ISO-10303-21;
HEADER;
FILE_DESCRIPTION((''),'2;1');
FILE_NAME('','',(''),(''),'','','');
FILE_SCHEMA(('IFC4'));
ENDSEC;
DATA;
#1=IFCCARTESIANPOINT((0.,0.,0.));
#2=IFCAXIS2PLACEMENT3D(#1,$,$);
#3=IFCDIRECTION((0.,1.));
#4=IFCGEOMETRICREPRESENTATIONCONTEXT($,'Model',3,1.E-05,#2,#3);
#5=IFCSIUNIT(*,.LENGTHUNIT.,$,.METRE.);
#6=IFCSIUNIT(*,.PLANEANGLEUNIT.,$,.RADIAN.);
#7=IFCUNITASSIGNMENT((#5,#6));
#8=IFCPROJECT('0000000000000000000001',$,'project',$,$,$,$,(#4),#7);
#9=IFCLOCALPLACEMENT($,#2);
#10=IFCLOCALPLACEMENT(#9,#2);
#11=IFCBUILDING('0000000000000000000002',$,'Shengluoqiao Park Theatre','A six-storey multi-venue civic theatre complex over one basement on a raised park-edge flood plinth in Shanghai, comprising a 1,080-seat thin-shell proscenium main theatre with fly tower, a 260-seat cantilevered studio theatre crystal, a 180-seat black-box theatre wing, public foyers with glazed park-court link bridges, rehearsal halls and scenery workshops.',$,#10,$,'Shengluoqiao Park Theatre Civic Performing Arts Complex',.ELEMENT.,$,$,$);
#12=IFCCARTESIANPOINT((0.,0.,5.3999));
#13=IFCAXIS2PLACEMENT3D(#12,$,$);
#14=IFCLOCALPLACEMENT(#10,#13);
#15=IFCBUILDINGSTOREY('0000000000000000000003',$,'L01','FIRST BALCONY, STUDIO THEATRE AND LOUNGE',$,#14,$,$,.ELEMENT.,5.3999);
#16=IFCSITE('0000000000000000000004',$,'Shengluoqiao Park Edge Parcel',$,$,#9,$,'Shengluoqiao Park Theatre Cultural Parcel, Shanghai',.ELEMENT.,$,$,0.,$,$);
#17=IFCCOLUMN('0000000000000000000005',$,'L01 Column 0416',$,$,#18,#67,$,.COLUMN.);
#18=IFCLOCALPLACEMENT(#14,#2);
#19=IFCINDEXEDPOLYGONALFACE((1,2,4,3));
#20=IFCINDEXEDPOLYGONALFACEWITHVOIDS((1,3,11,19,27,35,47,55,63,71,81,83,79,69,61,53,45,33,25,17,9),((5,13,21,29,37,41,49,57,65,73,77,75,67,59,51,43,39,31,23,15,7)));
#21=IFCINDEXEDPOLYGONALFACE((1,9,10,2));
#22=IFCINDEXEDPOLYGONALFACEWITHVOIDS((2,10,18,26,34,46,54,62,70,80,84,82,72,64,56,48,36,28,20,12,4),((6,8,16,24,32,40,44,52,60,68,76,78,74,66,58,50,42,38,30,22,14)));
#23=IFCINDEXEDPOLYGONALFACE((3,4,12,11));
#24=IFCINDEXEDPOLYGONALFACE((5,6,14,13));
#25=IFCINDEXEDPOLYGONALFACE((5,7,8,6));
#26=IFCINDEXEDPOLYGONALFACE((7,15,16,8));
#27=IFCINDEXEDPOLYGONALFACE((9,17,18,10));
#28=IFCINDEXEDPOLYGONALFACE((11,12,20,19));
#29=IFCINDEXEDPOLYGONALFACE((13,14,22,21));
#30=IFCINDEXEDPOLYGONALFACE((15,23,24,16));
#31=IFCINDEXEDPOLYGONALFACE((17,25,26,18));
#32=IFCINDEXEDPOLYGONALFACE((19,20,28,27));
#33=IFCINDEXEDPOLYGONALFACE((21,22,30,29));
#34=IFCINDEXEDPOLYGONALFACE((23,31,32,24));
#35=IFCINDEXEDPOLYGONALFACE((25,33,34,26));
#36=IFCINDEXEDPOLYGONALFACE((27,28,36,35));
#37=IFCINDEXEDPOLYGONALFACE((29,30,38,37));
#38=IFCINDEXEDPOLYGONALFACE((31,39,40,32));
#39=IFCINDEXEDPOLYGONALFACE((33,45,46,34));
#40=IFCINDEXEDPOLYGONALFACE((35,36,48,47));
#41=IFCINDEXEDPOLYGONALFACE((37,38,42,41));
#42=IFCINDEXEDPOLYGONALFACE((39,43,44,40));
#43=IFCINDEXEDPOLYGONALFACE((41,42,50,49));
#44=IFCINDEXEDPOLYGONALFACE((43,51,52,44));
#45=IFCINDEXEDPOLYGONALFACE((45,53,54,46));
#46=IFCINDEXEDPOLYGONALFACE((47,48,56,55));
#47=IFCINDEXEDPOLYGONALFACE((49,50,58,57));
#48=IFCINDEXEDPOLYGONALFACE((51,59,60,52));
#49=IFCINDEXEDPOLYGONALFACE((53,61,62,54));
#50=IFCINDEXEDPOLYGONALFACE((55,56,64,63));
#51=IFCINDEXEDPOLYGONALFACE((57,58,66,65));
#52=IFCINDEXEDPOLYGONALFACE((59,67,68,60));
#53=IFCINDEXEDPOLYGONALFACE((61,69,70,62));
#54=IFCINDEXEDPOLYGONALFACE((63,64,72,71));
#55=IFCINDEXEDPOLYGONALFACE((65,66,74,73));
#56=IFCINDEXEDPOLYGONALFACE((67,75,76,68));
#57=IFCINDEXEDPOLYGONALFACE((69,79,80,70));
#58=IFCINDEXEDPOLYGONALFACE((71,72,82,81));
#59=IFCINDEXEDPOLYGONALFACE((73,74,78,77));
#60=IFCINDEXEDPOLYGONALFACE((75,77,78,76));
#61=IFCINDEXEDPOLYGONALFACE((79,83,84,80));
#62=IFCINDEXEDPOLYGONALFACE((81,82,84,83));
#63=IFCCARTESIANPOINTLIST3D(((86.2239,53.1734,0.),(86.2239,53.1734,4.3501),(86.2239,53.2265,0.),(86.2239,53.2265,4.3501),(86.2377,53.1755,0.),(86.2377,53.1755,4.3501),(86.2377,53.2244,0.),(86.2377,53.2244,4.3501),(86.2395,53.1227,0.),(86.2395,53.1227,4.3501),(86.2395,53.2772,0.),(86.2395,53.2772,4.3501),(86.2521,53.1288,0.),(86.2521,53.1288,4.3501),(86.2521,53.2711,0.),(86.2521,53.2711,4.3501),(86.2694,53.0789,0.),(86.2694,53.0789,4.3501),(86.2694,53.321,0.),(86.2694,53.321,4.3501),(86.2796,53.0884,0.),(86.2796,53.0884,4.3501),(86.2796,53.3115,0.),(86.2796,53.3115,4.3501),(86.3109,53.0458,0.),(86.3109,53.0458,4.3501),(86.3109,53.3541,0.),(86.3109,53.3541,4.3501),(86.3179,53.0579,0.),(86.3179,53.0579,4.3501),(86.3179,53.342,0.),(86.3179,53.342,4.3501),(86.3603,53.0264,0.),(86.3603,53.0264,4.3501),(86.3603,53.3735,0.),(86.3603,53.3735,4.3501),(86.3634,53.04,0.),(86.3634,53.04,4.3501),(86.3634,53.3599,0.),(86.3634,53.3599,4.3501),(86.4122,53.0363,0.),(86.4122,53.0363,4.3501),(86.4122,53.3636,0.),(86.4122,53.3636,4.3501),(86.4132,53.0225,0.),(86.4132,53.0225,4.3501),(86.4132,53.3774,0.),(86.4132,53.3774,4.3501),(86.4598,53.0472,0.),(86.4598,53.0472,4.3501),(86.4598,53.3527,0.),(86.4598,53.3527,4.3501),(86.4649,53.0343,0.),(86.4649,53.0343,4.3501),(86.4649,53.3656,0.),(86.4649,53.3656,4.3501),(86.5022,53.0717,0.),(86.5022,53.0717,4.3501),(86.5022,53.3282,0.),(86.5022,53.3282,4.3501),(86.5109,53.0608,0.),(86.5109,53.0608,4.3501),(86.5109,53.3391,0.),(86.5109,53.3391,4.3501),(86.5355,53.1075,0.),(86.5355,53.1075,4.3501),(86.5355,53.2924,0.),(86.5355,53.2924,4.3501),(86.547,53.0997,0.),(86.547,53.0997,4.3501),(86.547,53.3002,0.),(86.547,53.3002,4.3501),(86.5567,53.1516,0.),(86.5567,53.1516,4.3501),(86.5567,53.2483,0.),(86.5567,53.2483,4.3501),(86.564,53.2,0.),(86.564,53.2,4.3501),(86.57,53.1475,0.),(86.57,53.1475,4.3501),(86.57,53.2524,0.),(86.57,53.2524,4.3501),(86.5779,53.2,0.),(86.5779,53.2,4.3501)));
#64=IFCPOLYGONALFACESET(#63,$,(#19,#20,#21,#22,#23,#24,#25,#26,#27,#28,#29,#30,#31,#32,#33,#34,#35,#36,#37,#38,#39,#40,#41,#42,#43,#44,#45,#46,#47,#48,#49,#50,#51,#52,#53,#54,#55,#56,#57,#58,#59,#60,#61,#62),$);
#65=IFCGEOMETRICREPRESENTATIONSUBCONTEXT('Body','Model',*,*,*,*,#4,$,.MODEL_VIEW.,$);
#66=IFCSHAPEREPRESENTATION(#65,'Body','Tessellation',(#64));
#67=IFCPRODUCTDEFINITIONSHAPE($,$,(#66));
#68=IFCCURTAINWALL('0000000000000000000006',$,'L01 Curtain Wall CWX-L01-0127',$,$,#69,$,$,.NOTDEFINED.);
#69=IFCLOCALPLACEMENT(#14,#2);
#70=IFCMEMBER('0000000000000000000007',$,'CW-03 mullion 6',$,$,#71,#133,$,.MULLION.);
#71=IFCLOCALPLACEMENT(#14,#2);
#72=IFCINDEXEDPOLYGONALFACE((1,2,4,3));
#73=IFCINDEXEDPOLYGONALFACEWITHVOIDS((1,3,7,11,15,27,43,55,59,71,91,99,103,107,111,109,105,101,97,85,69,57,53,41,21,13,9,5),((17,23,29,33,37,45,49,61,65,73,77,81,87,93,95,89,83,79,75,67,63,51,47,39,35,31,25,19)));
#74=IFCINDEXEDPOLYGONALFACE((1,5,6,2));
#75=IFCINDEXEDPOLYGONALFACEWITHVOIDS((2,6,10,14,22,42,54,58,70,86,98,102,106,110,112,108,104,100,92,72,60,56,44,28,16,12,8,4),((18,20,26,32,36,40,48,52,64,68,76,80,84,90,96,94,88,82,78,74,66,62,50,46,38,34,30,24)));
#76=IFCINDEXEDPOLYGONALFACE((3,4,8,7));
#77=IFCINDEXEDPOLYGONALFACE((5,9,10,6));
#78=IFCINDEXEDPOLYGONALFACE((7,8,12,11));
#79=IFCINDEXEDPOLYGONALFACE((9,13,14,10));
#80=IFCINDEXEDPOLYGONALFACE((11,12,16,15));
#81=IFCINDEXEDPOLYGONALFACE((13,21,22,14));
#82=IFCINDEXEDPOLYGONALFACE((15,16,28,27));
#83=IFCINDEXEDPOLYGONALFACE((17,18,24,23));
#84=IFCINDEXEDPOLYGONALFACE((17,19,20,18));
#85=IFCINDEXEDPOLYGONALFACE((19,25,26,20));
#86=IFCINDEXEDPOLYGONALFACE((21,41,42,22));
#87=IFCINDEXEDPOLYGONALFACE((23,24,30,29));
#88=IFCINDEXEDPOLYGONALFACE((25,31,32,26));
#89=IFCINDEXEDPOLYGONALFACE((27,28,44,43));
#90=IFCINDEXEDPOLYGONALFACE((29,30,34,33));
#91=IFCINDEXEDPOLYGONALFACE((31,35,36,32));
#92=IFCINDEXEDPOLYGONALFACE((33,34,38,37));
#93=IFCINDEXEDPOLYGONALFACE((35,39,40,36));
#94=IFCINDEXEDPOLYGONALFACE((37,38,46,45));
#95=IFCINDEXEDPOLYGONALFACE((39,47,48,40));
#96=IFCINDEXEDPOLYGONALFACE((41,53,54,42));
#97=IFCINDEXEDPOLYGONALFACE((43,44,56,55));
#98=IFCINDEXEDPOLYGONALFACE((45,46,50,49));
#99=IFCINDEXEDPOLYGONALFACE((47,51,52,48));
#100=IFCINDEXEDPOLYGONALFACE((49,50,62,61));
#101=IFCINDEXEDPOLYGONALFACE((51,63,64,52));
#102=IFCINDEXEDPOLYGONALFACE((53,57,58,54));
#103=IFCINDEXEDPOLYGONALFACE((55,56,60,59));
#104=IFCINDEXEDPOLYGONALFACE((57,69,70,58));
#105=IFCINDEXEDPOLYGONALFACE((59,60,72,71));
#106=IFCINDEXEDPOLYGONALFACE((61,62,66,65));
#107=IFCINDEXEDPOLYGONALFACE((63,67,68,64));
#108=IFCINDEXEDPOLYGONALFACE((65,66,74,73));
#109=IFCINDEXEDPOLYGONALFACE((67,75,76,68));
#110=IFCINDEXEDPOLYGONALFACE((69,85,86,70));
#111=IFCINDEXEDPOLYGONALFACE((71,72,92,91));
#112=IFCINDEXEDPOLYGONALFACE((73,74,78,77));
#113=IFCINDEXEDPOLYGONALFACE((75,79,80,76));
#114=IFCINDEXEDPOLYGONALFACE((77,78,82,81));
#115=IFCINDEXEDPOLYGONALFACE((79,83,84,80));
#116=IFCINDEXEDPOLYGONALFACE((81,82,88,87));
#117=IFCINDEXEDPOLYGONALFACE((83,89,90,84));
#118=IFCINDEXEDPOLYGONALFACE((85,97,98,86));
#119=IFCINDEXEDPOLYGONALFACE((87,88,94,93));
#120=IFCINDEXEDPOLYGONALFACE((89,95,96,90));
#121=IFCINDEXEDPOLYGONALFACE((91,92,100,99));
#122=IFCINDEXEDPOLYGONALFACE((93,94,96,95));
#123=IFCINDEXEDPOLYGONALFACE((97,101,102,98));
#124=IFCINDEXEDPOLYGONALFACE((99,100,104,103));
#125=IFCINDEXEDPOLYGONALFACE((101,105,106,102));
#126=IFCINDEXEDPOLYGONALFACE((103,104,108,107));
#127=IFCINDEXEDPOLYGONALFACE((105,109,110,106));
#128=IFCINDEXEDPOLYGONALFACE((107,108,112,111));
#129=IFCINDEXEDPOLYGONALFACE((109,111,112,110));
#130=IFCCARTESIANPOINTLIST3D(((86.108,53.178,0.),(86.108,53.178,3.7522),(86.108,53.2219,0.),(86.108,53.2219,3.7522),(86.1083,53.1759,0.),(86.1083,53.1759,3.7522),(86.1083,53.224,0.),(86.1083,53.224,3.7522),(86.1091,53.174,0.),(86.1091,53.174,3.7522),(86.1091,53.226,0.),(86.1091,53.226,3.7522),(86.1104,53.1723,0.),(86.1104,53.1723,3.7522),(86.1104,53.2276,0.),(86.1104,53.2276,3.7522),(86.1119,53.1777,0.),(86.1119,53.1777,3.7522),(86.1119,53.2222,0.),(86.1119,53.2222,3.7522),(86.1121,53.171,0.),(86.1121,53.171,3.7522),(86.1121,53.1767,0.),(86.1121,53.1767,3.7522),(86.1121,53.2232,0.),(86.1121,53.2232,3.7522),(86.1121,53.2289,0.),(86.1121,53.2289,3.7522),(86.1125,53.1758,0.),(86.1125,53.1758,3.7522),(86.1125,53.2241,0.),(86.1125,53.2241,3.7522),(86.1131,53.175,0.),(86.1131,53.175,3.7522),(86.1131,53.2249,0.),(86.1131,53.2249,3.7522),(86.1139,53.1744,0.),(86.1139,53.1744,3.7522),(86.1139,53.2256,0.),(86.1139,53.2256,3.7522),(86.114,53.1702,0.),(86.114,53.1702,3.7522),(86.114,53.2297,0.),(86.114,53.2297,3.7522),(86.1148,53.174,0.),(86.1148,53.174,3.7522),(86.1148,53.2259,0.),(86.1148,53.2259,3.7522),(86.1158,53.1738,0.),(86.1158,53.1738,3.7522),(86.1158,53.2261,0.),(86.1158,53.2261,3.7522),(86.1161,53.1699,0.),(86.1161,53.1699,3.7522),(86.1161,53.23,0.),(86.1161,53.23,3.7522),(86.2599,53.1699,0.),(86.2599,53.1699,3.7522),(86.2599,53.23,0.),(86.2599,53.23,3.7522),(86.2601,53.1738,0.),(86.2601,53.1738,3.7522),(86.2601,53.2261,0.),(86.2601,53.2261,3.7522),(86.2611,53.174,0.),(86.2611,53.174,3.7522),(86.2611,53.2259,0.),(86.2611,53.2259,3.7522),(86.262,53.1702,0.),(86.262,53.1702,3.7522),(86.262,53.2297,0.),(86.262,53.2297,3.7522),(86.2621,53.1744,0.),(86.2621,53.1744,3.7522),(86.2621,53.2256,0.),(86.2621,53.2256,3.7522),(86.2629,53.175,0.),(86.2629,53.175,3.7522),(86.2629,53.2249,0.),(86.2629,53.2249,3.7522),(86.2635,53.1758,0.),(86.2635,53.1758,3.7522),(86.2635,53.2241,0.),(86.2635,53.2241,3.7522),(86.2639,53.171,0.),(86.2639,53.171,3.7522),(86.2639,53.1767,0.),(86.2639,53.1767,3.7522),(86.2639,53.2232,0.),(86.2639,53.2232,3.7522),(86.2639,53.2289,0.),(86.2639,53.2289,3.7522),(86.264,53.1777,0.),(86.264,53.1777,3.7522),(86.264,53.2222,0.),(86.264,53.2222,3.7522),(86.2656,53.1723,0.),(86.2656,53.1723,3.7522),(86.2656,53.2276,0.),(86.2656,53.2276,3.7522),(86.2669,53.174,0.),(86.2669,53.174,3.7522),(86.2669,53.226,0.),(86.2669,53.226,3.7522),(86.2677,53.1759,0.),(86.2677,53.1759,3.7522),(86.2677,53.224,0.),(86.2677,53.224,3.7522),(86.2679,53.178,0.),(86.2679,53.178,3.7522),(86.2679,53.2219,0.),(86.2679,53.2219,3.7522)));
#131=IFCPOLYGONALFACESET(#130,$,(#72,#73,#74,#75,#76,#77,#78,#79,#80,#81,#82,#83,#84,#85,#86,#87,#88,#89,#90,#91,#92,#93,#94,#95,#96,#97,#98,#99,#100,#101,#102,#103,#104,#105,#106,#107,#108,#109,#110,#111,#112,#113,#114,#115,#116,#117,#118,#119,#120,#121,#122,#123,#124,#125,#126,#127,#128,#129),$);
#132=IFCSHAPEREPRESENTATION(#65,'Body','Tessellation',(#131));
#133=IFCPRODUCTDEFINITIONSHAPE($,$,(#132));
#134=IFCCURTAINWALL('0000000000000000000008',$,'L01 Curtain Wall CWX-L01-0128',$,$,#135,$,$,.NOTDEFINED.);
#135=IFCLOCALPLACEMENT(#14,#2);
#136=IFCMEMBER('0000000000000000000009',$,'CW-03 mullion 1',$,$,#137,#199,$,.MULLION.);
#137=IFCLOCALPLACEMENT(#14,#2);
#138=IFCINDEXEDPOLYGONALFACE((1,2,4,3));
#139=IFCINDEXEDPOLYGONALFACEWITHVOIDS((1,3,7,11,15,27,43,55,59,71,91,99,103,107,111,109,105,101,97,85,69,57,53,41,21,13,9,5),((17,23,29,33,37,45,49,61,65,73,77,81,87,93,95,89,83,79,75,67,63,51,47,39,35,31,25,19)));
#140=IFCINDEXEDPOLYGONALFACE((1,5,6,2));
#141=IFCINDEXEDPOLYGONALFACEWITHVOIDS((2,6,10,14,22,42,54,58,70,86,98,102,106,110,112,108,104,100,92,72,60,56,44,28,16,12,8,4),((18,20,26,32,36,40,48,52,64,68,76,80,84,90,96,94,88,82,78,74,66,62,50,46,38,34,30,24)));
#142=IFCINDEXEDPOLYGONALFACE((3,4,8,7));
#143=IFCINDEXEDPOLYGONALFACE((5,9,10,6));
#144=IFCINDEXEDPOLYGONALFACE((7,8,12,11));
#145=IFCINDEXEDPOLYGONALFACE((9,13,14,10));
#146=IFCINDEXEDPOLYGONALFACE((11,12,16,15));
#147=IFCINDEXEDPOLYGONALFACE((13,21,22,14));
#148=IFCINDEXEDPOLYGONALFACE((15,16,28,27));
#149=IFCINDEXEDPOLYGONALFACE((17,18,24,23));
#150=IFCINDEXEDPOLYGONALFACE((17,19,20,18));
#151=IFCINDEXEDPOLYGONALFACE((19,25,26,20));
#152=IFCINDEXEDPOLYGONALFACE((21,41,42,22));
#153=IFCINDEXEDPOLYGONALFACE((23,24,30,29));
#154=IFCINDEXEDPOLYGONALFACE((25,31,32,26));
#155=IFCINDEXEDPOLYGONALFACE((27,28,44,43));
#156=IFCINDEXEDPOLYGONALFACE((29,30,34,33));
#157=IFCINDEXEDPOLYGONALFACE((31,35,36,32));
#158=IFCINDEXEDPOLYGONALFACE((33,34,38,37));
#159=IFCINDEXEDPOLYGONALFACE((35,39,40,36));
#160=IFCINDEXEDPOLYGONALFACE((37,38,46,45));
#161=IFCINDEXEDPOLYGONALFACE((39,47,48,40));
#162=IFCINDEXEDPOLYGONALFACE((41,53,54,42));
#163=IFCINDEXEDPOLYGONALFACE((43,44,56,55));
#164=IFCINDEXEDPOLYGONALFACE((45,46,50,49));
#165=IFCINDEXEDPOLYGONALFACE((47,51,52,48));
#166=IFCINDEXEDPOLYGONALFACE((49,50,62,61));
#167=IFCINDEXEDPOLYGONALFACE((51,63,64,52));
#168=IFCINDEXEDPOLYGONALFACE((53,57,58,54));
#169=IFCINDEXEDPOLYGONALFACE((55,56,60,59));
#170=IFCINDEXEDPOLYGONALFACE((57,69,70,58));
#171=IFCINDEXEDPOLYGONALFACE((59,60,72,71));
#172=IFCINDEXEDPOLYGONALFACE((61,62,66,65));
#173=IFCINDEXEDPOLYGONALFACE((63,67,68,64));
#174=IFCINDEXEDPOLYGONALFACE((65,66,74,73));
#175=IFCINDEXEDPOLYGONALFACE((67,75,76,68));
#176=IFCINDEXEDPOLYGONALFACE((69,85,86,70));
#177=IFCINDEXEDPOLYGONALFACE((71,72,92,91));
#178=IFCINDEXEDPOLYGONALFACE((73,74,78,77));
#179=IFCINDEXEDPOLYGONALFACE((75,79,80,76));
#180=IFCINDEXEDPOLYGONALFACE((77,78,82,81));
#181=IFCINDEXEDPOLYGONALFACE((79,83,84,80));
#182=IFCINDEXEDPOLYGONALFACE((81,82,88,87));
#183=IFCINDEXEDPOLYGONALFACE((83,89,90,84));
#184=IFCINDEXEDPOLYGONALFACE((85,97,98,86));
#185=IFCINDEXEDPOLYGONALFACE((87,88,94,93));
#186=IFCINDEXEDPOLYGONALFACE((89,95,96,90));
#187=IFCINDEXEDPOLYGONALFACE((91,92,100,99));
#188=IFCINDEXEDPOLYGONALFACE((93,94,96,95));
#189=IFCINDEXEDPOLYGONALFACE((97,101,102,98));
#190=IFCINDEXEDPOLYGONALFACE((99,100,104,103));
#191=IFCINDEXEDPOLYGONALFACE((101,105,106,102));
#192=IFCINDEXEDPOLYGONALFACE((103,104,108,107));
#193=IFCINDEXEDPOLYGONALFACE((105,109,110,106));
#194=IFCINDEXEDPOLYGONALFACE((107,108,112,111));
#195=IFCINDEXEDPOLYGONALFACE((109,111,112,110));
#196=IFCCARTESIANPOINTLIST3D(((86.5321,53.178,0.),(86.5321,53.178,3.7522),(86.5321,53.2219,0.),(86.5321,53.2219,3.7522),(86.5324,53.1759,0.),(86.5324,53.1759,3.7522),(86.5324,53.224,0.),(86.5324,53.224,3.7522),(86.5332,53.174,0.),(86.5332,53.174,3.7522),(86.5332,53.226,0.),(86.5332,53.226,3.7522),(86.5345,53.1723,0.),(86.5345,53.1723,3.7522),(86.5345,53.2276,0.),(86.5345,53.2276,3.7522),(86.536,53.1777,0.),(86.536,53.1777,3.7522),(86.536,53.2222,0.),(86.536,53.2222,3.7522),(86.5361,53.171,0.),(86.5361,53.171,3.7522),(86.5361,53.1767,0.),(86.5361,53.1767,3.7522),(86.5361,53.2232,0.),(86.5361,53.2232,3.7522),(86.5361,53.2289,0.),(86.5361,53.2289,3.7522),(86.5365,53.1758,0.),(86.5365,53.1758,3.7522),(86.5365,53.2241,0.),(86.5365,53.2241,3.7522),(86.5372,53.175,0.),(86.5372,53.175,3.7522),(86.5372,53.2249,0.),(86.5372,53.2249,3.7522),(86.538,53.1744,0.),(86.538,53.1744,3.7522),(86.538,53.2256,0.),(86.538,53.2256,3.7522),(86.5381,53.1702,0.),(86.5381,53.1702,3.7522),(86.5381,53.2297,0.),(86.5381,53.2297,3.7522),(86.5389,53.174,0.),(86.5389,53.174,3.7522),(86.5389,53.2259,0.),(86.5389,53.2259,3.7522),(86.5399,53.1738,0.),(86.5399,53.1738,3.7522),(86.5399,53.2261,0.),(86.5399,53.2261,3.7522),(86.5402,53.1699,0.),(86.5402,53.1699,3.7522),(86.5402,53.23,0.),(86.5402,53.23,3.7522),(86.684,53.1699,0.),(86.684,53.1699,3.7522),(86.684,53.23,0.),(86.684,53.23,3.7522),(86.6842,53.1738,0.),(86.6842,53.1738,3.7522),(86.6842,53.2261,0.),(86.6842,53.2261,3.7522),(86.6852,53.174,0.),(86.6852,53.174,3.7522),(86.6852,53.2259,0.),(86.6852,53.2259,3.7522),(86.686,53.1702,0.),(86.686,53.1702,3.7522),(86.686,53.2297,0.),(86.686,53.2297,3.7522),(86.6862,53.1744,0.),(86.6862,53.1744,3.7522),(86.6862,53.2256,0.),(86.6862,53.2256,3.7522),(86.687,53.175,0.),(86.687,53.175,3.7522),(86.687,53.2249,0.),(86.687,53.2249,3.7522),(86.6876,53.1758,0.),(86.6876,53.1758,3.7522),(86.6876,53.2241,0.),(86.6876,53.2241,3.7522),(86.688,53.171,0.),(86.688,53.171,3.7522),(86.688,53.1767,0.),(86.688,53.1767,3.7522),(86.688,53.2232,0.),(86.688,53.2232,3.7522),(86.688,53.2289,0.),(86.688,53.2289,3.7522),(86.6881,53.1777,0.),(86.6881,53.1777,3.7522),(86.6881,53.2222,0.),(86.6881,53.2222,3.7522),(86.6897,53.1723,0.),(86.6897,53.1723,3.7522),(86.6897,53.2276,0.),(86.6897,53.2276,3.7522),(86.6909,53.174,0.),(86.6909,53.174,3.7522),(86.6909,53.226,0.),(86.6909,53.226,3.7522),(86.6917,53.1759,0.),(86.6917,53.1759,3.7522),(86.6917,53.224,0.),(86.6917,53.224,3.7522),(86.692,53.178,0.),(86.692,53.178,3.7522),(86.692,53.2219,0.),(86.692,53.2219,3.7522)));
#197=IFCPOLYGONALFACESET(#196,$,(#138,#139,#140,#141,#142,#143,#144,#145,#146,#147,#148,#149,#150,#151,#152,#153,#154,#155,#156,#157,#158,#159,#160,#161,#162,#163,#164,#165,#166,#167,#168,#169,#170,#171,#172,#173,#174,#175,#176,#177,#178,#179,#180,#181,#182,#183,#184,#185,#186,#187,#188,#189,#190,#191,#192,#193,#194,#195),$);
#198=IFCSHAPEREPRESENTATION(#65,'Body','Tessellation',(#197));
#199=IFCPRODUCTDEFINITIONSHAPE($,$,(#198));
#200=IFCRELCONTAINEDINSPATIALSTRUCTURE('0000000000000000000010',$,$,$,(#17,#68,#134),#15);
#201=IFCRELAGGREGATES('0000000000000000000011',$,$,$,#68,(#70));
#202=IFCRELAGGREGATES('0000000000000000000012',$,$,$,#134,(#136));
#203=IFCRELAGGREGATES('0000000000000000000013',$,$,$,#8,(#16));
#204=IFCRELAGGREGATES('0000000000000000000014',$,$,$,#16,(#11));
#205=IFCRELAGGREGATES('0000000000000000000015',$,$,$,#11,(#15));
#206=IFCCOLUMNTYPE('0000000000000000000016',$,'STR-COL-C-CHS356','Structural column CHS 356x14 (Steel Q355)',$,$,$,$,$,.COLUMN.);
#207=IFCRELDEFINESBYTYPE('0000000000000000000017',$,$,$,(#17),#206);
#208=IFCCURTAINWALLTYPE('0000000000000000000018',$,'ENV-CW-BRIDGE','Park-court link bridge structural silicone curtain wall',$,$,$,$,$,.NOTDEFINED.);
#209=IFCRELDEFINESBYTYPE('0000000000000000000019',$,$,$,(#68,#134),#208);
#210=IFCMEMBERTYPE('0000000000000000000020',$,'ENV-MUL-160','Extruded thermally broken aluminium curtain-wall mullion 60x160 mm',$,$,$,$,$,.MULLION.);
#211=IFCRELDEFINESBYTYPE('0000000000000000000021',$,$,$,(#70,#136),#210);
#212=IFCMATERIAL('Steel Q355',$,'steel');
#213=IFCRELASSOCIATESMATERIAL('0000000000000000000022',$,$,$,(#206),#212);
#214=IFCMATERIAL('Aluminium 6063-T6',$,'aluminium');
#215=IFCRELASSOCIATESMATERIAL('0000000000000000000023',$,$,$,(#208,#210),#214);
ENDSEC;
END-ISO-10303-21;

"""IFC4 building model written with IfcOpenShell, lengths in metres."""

from ifc_helpers import new_model, si_unit, direction, frame, origin, origin_2d, place, context, subcontext, project, spatial, hollow_rectangle, hollow_circle, extrude, material, material_profile, profile_set, type_object, element, aggregate, save


model = new_model("IFC4")

# Units and contexts
model_context = context("Model", 3, precision=1e-05, world=origin(), true_north=direction((0.0, 1.0)))
body_context = subcontext(model_context, "Body", "Model", "MODEL_VIEW")
ifc_project = project(units=[si_unit("LENGTHUNIT", "METRE"), si_unit("PLANEANGLEUNIT", "RADIAN")], contexts=[model_context])

# Site, building, storey
site_placement = place(None, origin())
site = spatial("IfcSite", under=ifc_project, at=site_placement, Name="Shengluoqiao Park Edge Parcel", LongName="Shengluoqiao Park Theatre Cultural Parcel, Shanghai", CompositionType="ELEMENT", RefElevation=0.0)
building_placement = place(site_placement, origin())
building = spatial("IfcBuilding", under=site, at=building_placement, Name="Shengluoqiao Park Theatre", Description="A six-storey multi-venue civic theatre complex over one basement on a raised park-edge flood plinth in Shanghai, comprising a 1,080-seat thin-shell proscenium main theatre with fly tower, a 260-seat cantilevered studio theatre crystal, a 180-seat black-box theatre wing, public foyers with glazed park-court link bridges, rehearsal halls and scenery workshops.", LongName="Shengluoqiao Park Theatre Civic Performing Arts Complex", CompositionType="ELEMENT")
storey_placement = place(building_placement, frame((0.0, 0.0, 5.3999)))
storey = spatial("IfcBuildingStorey", under=building, at=storey_placement, Name="L01", Description="FIRST BALCONY, STUDIO THEATRE AND LOUNGE", CompositionType="ELEMENT", Elevation=5.3999)

# Column
ifc_material_1 = material(Name="Steel Q355", Category="steel")
ifc_material_profile_1 = material_profile(ifc_material_1, hollow_circle(Radius=0.178, WallThickness=0.0139, at=origin_2d()), Name="CHS 356x14")
ifc_profile_set_1 = profile_set([ifc_material_profile_1], Name="Steel Q355")
column_type = type_object("IfcColumnType", Name="STR-COL-C-CHS356", Description="Structural column CHS 356x14 (Steel Q355)", PredefinedType="COLUMN", material=ifc_profile_set_1)
column_placement = place(storey_placement, frame((86.3999, 53.2, 0.0), z_axis=(0.0, 0.0, 1.0), x_axis=(1.0, 0.0, 0.0)))
element("IfcColumn", 1, at=column_placement, inside=storey, type_object=column_type, Name="L01 Column 0416", PredefinedType="COLUMN", context=body_context, shape_type="SweptSolid", body=[
    extrude(hollow_circle(Radius=0.178, WallThickness=0.0139, at=origin_2d()), origin(), (0.0, 0.0, 1.0), 4.3501),
])

# Curtain wall, member
ifc_material_2 = material(Name="Aluminium 6063-T6", Category="aluminium")
curtain_wall_type = type_object("IfcCurtainWallType", Name="ENV-CW-BRIDGE", Description="Park-court link bridge structural silicone curtain wall", PredefinedType="NOTDEFINED", material=ifc_material_2)
curtain_wall_1_placement = place(storey_placement, origin())
curtain_wall_1 = element("IfcCurtainWall", 2, at=curtain_wall_1_placement, inside=storey, type_object=curtain_wall_type, Name="L01 Curtain Wall CWX-L01-0127", PredefinedType="NOTDEFINED")
ifc_material_profile_2 = material_profile(ifc_material_2, hollow_rectangle(XDim=0.0601, YDim=0.1599, WallThickness=0.0039, InnerFilletRadius=0.0039, OuterFilletRadius=0.0081, at=origin_2d()), Name="ALU MULLION 160x60x4")
ifc_profile_set_2 = profile_set([ifc_material_profile_2], Name="Aluminium 6063-T6")
member_type_1 = type_object("IfcMemberType", Name="ENV-MUL-160", Description="Extruded thermally broken aluminium curtain-wall mullion 60x160 mm", PredefinedType="MULLION", material=ifc_profile_set_2)
member_1_placement = place(storey_placement, frame((86.188, 53.2, 0.0), z_axis=(0.0, 0.0, 1.0), x_axis=(0.0, 1.0, 0.0)))
member_1 = element("IfcMember", 3, at=member_1_placement, type_object=member_type_1, Name="CW-03 mullion 6", PredefinedType="MULLION", context=body_context, shape_type="SweptSolid", body=[
    extrude(hollow_rectangle(XDim=0.0601, YDim=0.1599, WallThickness=0.0039, InnerFilletRadius=0.0039, OuterFilletRadius=0.0081, at=origin_2d()), origin(), (0.0, 0.0, 1.0), 3.7522),
])

# Curtain wall, member
curtain_wall_2_placement = place(storey_placement, origin())
curtain_wall_2 = element("IfcCurtainWall", 4, at=curtain_wall_2_placement, inside=storey, type_object=curtain_wall_type, Name="L01 Curtain Wall CWX-L01-0128", PredefinedType="NOTDEFINED")
member_2_placement = place(storey_placement, frame((86.6121, 53.2, 0.0), z_axis=(0.0, 0.0, 1.0), x_axis=(0.0, 1.0, 0.0)))
member_2 = element("IfcMember", 5, at=member_2_placement, type_object=member_type_1, Name="CW-03 mullion 1", PredefinedType="MULLION", context=body_context, shape_type="SweptSolid", body=[
    extrude(hollow_rectangle(XDim=0.0601, YDim=0.1599, WallThickness=0.0039, InnerFilletRadius=0.0039, OuterFilletRadius=0.0081, at=origin_2d()), origin(), (0.0, 0.0, 1.0), 3.7522),
])

aggregate(curtain_wall_1, [member_1])
aggregate(curtain_wall_2, [member_2])

save(model, "model.ifc")
